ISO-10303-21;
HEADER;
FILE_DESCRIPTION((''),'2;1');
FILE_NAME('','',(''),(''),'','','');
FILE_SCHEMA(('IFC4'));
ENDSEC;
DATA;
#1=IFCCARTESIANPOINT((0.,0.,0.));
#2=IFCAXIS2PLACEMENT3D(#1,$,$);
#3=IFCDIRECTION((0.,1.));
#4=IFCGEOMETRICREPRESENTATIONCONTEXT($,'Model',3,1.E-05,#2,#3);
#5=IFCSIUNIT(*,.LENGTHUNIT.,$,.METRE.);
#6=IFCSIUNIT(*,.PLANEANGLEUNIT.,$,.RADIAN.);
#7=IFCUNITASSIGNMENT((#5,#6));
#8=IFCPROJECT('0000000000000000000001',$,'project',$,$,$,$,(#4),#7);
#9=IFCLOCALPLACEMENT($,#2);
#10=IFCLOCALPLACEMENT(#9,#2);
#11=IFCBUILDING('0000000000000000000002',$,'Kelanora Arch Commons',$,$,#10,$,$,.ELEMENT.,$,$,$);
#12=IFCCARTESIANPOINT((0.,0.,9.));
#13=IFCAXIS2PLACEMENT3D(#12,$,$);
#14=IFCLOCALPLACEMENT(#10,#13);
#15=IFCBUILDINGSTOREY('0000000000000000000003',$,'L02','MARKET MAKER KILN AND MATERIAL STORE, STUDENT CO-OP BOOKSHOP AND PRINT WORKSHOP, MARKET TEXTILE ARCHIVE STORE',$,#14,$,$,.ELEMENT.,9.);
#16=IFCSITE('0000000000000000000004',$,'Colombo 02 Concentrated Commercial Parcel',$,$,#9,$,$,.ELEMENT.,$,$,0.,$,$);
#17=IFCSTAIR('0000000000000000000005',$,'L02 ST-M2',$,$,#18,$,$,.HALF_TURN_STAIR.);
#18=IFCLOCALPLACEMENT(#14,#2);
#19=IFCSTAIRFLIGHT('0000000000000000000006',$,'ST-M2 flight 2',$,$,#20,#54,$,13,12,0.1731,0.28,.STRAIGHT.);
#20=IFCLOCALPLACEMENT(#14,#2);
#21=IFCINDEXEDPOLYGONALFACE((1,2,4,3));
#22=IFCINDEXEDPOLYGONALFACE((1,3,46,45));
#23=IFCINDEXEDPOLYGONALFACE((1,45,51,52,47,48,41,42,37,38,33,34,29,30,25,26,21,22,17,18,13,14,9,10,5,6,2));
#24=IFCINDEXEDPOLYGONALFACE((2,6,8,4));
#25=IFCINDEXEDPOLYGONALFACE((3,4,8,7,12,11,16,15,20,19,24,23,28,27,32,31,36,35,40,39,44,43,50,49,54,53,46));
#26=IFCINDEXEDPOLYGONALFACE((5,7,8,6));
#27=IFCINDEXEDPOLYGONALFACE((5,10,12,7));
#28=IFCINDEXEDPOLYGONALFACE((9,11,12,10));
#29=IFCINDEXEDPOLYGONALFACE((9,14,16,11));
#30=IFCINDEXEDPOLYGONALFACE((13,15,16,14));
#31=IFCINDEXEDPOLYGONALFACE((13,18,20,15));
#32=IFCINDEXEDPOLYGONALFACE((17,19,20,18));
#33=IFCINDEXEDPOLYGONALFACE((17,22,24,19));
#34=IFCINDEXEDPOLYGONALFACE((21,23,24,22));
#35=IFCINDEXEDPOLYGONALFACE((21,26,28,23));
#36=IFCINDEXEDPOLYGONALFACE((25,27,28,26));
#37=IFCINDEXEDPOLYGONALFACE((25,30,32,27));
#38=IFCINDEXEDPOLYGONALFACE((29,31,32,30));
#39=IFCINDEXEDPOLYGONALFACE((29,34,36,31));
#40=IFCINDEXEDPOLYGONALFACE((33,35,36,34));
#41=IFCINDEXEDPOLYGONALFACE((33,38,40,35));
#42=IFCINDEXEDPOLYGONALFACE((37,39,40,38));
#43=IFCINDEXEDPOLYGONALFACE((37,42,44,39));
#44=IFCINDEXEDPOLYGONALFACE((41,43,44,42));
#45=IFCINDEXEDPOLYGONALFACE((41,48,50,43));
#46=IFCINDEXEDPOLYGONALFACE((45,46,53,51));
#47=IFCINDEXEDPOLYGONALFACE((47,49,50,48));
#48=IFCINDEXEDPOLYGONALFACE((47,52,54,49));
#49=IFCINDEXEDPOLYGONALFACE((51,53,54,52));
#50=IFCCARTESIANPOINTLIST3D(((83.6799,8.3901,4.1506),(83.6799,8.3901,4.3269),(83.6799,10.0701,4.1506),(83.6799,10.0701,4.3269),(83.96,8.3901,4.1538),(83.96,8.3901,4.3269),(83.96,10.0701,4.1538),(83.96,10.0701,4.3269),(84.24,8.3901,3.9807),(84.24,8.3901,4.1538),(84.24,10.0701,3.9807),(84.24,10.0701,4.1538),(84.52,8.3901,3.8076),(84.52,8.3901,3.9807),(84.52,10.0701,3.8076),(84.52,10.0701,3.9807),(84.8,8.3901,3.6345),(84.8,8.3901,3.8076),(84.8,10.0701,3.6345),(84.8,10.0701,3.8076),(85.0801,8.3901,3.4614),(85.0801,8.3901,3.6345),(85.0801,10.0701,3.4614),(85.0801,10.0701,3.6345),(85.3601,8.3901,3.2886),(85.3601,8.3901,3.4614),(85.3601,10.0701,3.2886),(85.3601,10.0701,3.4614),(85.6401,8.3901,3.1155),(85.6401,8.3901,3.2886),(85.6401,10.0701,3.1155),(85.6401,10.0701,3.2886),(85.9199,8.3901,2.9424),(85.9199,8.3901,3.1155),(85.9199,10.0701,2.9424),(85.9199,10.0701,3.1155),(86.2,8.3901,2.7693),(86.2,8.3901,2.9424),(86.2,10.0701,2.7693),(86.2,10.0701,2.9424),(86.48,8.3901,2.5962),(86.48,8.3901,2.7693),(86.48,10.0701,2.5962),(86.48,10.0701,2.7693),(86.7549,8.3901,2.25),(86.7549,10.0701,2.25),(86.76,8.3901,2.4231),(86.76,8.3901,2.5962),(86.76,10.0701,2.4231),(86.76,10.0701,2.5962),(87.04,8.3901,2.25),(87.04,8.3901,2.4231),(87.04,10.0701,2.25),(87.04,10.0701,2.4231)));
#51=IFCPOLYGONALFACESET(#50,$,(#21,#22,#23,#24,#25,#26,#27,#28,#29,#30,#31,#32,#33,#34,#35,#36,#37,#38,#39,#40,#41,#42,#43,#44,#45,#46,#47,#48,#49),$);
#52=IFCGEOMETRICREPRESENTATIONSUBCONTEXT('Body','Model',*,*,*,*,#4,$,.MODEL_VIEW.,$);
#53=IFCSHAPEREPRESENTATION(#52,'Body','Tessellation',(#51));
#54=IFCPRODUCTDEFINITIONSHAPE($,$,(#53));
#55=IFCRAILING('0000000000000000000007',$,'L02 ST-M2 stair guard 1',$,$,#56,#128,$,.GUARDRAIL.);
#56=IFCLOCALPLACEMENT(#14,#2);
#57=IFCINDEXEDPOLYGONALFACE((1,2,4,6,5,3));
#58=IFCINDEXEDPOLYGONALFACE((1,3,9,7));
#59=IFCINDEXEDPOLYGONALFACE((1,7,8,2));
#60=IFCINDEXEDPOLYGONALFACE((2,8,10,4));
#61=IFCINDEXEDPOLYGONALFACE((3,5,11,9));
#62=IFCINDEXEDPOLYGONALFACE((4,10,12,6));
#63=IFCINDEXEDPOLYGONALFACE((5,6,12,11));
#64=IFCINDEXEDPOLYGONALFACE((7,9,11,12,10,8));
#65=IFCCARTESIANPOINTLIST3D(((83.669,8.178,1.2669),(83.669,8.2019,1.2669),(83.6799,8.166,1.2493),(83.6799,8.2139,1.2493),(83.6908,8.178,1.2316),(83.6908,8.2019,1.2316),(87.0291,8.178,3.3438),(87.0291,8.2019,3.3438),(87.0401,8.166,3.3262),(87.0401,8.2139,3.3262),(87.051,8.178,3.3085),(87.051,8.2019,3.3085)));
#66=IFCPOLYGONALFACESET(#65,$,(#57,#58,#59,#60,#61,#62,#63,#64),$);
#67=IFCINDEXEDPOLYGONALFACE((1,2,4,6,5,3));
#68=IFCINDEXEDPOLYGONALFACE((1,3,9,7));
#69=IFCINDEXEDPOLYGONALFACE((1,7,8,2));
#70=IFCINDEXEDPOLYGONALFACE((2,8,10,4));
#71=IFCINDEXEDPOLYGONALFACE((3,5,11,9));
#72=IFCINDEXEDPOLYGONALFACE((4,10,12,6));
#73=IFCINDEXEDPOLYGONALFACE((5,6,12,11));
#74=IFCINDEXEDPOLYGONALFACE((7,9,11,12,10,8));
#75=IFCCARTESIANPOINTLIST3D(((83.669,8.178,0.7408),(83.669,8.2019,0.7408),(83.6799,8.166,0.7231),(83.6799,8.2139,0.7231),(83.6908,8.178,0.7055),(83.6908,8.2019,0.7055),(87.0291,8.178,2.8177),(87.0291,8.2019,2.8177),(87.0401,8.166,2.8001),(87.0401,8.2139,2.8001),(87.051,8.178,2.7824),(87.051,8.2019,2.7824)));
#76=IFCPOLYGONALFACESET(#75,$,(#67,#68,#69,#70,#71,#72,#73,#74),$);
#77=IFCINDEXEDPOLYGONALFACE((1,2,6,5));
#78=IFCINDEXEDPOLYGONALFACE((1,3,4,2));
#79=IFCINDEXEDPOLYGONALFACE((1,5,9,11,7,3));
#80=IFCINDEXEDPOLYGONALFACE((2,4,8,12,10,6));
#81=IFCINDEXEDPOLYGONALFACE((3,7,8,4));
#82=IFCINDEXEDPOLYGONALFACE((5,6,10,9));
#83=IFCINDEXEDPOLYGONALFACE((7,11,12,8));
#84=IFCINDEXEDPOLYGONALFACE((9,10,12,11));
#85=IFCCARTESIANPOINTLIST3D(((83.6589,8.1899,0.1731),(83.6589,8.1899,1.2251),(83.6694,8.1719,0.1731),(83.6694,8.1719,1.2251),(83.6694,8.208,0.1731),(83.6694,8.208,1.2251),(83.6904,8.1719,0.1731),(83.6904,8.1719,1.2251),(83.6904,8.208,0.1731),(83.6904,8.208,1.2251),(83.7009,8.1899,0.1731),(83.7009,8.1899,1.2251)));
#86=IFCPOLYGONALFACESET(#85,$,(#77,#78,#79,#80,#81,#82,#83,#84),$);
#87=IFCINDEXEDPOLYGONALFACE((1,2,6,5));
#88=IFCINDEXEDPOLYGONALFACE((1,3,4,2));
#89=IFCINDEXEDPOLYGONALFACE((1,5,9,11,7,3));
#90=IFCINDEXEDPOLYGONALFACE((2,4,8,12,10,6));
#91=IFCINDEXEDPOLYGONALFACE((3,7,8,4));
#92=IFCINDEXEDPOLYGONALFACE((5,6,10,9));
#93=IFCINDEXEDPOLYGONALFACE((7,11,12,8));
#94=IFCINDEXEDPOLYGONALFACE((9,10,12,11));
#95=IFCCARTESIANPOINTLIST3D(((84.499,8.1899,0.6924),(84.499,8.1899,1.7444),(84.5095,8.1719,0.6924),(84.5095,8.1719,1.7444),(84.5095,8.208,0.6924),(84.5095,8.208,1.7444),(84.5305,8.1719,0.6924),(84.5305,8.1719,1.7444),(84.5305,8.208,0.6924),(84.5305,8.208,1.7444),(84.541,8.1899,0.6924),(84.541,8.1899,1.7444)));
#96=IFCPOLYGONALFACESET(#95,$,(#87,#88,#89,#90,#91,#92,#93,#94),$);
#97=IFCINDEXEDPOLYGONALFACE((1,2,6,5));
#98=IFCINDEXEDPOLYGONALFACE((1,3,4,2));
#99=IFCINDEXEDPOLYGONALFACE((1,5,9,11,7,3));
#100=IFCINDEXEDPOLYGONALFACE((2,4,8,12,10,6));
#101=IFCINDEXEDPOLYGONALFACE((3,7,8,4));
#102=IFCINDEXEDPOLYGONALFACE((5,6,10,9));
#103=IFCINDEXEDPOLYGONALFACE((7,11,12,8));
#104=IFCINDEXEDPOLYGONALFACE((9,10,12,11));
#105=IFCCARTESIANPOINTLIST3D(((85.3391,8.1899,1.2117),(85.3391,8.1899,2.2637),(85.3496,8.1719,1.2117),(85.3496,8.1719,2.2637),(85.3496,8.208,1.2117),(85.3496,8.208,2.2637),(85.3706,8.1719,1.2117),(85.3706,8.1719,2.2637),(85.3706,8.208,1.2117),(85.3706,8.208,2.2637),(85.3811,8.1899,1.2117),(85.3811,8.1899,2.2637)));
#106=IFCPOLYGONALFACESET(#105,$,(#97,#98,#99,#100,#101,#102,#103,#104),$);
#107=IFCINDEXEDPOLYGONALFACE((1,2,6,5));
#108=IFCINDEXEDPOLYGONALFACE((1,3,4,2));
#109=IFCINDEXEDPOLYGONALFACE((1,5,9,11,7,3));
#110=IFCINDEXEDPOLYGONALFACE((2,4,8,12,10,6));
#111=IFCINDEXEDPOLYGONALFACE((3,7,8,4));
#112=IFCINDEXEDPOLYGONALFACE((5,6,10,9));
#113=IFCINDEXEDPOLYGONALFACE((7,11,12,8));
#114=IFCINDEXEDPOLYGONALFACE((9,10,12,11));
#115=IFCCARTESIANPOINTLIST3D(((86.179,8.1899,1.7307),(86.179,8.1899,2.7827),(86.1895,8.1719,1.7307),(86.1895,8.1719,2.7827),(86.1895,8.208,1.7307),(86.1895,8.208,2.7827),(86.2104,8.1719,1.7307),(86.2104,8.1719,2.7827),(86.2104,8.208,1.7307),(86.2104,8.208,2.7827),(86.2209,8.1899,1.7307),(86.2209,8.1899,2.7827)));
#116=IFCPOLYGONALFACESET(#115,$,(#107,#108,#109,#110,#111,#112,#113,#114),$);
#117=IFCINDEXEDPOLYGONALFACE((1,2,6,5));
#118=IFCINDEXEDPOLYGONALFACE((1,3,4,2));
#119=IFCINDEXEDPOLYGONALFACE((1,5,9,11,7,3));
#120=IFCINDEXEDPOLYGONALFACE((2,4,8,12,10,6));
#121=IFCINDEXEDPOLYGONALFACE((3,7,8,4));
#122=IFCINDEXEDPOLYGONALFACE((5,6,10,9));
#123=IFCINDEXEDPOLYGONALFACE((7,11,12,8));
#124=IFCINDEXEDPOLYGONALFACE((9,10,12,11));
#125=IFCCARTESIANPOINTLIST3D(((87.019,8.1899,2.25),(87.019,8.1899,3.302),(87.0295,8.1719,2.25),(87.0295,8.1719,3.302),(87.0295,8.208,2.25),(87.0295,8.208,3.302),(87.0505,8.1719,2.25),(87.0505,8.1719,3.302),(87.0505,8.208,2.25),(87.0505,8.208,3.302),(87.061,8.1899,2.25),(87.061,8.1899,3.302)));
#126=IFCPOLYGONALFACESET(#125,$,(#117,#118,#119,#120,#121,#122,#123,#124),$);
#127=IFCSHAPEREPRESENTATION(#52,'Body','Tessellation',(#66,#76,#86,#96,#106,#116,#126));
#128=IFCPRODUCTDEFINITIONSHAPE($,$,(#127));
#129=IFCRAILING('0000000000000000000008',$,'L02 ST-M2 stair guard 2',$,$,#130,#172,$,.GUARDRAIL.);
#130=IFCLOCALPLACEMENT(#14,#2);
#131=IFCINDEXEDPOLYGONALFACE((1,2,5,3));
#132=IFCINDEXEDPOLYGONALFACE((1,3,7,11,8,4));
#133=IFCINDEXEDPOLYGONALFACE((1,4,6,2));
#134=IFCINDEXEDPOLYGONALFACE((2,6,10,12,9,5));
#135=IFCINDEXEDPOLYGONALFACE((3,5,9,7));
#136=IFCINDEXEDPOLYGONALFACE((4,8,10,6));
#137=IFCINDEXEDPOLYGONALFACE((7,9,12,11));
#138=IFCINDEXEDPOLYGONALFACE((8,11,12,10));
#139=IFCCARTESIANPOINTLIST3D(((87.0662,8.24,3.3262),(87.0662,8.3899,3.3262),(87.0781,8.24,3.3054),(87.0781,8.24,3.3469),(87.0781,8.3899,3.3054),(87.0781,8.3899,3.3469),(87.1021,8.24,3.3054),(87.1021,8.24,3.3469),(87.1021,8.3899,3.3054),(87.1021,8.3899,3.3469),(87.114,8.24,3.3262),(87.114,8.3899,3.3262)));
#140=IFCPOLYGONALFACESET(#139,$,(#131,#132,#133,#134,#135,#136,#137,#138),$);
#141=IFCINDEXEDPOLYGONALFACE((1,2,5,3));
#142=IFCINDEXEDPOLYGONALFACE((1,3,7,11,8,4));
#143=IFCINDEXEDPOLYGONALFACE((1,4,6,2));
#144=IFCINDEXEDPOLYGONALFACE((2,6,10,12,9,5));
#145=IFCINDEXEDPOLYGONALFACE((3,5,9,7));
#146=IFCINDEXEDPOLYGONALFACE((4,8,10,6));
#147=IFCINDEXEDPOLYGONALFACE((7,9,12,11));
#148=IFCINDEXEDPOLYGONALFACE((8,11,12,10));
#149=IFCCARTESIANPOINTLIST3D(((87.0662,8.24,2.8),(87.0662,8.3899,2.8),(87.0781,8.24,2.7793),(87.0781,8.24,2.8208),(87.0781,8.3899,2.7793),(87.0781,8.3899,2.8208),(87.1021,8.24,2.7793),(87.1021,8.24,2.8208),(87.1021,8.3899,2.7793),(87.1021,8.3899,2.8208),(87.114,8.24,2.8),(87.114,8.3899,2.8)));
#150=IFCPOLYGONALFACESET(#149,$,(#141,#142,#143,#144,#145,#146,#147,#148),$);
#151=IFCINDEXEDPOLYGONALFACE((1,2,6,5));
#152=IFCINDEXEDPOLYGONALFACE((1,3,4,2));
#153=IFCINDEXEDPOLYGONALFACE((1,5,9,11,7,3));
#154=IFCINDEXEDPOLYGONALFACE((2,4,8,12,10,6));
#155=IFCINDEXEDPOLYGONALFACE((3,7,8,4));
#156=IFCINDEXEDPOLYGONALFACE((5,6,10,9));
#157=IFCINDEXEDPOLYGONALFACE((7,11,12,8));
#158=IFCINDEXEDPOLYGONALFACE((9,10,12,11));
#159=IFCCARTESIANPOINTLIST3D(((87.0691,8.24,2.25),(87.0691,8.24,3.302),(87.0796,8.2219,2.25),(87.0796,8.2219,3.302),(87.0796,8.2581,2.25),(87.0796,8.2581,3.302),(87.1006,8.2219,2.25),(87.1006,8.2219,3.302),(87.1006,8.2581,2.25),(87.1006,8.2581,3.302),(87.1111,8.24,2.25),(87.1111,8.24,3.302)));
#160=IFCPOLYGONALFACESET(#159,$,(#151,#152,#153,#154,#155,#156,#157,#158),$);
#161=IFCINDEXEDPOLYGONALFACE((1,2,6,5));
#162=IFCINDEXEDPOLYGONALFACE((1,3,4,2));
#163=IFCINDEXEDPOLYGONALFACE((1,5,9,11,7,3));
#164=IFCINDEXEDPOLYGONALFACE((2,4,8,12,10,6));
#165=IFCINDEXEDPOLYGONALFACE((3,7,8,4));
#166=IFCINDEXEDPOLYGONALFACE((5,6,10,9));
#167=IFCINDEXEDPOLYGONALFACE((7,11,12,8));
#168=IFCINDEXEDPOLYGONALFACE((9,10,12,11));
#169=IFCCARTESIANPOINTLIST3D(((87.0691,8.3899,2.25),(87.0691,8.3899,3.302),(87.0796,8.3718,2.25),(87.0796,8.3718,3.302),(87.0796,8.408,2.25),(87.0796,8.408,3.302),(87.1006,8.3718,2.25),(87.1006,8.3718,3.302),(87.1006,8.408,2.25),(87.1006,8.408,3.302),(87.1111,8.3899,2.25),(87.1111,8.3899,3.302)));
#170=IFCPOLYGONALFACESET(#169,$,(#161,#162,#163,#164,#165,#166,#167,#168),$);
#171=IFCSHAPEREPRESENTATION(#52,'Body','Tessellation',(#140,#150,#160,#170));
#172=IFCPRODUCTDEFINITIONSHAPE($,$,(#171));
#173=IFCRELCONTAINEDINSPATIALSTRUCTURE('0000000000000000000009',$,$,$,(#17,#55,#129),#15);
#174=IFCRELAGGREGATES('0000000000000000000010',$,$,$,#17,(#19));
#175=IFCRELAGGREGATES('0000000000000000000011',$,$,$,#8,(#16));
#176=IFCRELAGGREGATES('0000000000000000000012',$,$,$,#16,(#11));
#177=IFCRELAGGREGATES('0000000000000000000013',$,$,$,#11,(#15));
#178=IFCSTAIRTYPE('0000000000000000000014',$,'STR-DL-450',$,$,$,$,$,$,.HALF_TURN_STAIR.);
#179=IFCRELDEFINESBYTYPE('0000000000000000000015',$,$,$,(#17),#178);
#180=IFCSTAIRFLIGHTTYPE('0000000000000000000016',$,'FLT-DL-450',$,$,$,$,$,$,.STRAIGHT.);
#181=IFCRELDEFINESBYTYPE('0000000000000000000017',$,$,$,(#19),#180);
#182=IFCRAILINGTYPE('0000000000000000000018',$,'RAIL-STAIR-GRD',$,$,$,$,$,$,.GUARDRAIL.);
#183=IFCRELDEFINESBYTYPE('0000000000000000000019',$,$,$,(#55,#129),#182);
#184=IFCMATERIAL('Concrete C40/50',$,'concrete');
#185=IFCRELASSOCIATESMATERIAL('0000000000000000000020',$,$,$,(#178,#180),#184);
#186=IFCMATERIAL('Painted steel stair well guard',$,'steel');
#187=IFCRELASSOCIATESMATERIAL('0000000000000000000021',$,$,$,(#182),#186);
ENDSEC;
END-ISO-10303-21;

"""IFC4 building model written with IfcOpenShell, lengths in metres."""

from ifc_helpers import new_model, si_unit, direction, frame, origin, place, context, subcontext, project, spatial, polyline, outline, extrude, material, type_object, element, aggregate, save


model = new_model("IFC4")

# Units and contexts
model_context = context("Model", 3, precision=1e-05, world=origin(), true_north=direction((0.0, 1.0)))
body_context = subcontext(model_context, "Body", "Model", "MODEL_VIEW")
ifc_project = project(units=[si_unit("LENGTHUNIT", "METRE"), si_unit("PLANEANGLEUNIT", "RADIAN")], contexts=[model_context])

# Site, building, storey
site_placement = place(None, origin())
site = spatial("IfcSite", under=ifc_project, at=site_placement, Name="Colombo 02 Concentrated Commercial Parcel", CompositionType="ELEMENT", RefElevation=0.0)
building_placement = place(site_placement, origin())
building = spatial("IfcBuilding", under=site, at=building_placement, Name="Kelanora Arch Commons", CompositionType="ELEMENT")
storey_placement = place(building_placement, frame((0.0, 0.0, 9.0)))
storey = spatial("IfcBuildingStorey", under=building, at=storey_placement, Name="L02", Description="MARKET MAKER KILN AND MATERIAL STORE, STUDENT CO-OP BOOKSHOP AND PRINT WORKSHOP, MARKET TEXTILE ARCHIVE STORE", CompositionType="ELEMENT", Elevation=9.0)

# Shared definitions
ifc_material_1 = material(Name="Concrete C40/50", Category="concrete")

# Stair, stair flight
stair_type = type_object("IfcStairType", Name="STR-DL-450", PredefinedType="HALF_TURN_STAIR", material=ifc_material_1)
stair_placement = place(storey_placement, origin())
stair = element("IfcStair", 1, at=stair_placement, inside=storey, type_object=stair_type, Name="L02 ST-M2", PredefinedType="HALF_TURN_STAIR")
stair_flight_type = type_object("IfcStairFlightType", Name="FLT-DL-450", PredefinedType="STRAIGHT", material=ifc_material_1)
stair_flight_1_placement = place(storey_placement, frame((87.04, 9.23, 2.25), z_axis=(0.0, 0.0, 1.0), x_axis=(-1.0, 0.0, 0.0)))
stair_flight_1 = element("IfcStairFlight", 2, at=stair_flight_1_placement, type_object=stair_flight_type, Name="ST-M2 flight 2", NumberOfRisers=13, NumberOfTreads=12, PredefinedType="STRAIGHT", RiserHeight=0.1731, TreadLength=0.28, context=body_context, shape_type="SweptSolid", body=[
    extrude(outline(polyline([(0.0, 0.0), (0.0, 0.1731), (0.28, 0.1731), (0.28, 0.3462), (0.5601, 0.3462), (0.5601, 0.5193), (0.8401, 0.5193), (0.8401, 0.6924), (1.1201, 0.6924), (1.1201, 0.8655), (1.3999, 0.8655), (1.3999, 1.0386), (1.6799, 1.0386), (1.6799, 1.2114), (1.96, 1.2114), (1.96, 1.3845), (2.24, 1.3845), (2.24, 1.5576), (2.52, 1.5576), (2.52, 1.7307), (2.8, 1.7307), (2.8, 1.9038), (3.0801, 1.9038), (3.0801, 2.0769), (3.3601, 2.0769), (3.3601, 2.25), (3.3601, 1.9006), (0.2852, 0.0), (0.0, 0.0)])), frame((0.0, 0.8398, 0.0), z_axis=(0.0, -1.0, 0.0), x_axis=(1.0, 0.0, 0.0)), (0.0, 0.0, 1.0), 1.6799),
])
aggregate(stair, [stair_flight_1])

# Railings
ifc_material_2 = material(Name="Painted steel stair well guard", Category="steel")
railing_type_1 = type_object("IfcRailingType", Name="RAIL-STAIR-GRD", PredefinedType="GUARDRAIL", material=ifc_material_2)
railing_1_placement = place(storey_placement, frame((83.6799, 8.1899, 0.1731)))
element("IfcRailing", 3, at=railing_1_placement, inside=storey, type_object=railing_type_1, Name="L02 ST-M2 stair guard 1", PredefinedType="GUARDRAIL", context=body_context, shape_type="SweptSolid", body=[
    extrude(outline(polyline([(0.0239, 0.0), (0.012, 0.0208), (-0.012, 0.0208), (-0.0239, 0.0), (-0.012, -0.0208), (0.012, -0.0208), (0.0239, 0.0)])), frame((0.0, 0.0, 1.0762), z_axis=(0.850623, 0.0, 0.525776), x_axis=(0.0, 1.0, 0.0)), (0.0, 0.0, 1.0), 3.9502),
    extrude(outline(polyline([(0.0239, 0.0), (0.012, 0.0208), (-0.012, 0.0208), (-0.0239, 0.0), (-0.012, -0.0208), (0.012, -0.0208), (0.0239, 0.0)])), frame((0.0, 0.0, 0.55), z_axis=(0.850623, 0.0, 0.525776), x_axis=(0.0, 1.0, 0.0)), (0.0, 0.0, 1.0), 3.9502),
    extrude(outline(polyline([(0.021, 0.0), (0.0105, 0.0181), (-0.0105, 0.0181), (-0.021, 0.0), (-0.0105, -0.0181), (0.0105, -0.0181), (0.021, 0.0)])), origin(), (0.0, 0.0, 1.0), 1.052),
    extrude(outline(polyline([(0.021, 0.0), (0.0105, 0.0181), (-0.0105, 0.0181), (-0.021, 0.0), (-0.0105, -0.0181), (0.0105, -0.0181), (0.021, 0.0)])), frame((0.8401, 0.0, 0.5193)), (0.0, 0.0, 1.0), 1.052),
    extrude(outline(polyline([(0.021, 0.0), (0.0105, 0.0181), (-0.0105, 0.0181), (-0.021, 0.0), (-0.0105, -0.0181), (0.0105, -0.0181), (0.021, 0.0)])), frame((1.6802, 0.0, 1.0386)), (0.0, 0.0, 1.0), 1.052),
    extrude(outline(polyline([(0.021, 0.0), (0.0105, 0.0181), (-0.0105, 0.0181), (-0.021, 0.0), (-0.0105, -0.0181), (0.0105, -0.0181), (0.021, 0.0)])), frame((2.52, 0.0, 1.5576)), (0.0, 0.0, 1.0), 1.052),
    extrude(outline(polyline([(0.021, 0.0), (0.0105, 0.0181), (-0.0105, 0.0181), (-0.021, 0.0), (-0.0105, -0.0181), (0.0105, -0.0181), (0.021, 0.0)])), frame((3.3601, 0.0, 2.0769)), (0.0, 0.0, 1.0), 1.052),
])
railing_2_placement = place(storey_placement, frame((87.0901, 8.24, 2.25)))
element("IfcRailing", 4, at=railing_2_placement, inside=storey, type_object=railing_type_1, Name="L02 ST-M2 stair guard 2", PredefinedType="GUARDRAIL", context=body_context, shape_type="SweptSolid", body=[
    extrude(outline(polyline([(0.0239, 0.0), (0.012, 0.0208), (-0.012, 0.0208), (-0.0239, 0.0), (-0.012, -0.0208), (0.012, -0.0208), (0.0239, 0.0)])), frame((0.0, 0.0, 1.0762), z_axis=(0.0, 1.0, 0.0), x_axis=(-1.0, 0.0, 0.0)), (0.0, 0.0, 1.0), 0.1499),
    extrude(outline(polyline([(0.0239, 0.0), (0.012, 0.0208), (-0.012, 0.0208), (-0.0239, 0.0), (-0.012, -0.0208), (0.012, -0.0208), (0.0239, 0.0)])), frame((0.0, 0.0, 0.55), z_axis=(0.0, 1.0, 0.0), x_axis=(-1.0, 0.0, 0.0)), (0.0, 0.0, 1.0), 0.1499),
    extrude(outline(polyline([(0.021, 0.0), (0.0105, 0.0181), (-0.0105, 0.0181), (-0.021, 0.0), (-0.0105, -0.0181), (0.0105, -0.0181), (0.021, 0.0)])), origin(), (0.0, 0.0, 1.0), 1.052),
    extrude(outline(polyline([(0.021, 0.0), (0.0105, 0.0181), (-0.0105, 0.0181), (-0.021, 0.0), (-0.0105, -0.0181), (0.0105, -0.0181), (0.021, 0.0)])), frame((0.0, 0.1499, 0.0)), (0.0, 0.0, 1.0), 1.052),
])

save(model, "model.ifc")
